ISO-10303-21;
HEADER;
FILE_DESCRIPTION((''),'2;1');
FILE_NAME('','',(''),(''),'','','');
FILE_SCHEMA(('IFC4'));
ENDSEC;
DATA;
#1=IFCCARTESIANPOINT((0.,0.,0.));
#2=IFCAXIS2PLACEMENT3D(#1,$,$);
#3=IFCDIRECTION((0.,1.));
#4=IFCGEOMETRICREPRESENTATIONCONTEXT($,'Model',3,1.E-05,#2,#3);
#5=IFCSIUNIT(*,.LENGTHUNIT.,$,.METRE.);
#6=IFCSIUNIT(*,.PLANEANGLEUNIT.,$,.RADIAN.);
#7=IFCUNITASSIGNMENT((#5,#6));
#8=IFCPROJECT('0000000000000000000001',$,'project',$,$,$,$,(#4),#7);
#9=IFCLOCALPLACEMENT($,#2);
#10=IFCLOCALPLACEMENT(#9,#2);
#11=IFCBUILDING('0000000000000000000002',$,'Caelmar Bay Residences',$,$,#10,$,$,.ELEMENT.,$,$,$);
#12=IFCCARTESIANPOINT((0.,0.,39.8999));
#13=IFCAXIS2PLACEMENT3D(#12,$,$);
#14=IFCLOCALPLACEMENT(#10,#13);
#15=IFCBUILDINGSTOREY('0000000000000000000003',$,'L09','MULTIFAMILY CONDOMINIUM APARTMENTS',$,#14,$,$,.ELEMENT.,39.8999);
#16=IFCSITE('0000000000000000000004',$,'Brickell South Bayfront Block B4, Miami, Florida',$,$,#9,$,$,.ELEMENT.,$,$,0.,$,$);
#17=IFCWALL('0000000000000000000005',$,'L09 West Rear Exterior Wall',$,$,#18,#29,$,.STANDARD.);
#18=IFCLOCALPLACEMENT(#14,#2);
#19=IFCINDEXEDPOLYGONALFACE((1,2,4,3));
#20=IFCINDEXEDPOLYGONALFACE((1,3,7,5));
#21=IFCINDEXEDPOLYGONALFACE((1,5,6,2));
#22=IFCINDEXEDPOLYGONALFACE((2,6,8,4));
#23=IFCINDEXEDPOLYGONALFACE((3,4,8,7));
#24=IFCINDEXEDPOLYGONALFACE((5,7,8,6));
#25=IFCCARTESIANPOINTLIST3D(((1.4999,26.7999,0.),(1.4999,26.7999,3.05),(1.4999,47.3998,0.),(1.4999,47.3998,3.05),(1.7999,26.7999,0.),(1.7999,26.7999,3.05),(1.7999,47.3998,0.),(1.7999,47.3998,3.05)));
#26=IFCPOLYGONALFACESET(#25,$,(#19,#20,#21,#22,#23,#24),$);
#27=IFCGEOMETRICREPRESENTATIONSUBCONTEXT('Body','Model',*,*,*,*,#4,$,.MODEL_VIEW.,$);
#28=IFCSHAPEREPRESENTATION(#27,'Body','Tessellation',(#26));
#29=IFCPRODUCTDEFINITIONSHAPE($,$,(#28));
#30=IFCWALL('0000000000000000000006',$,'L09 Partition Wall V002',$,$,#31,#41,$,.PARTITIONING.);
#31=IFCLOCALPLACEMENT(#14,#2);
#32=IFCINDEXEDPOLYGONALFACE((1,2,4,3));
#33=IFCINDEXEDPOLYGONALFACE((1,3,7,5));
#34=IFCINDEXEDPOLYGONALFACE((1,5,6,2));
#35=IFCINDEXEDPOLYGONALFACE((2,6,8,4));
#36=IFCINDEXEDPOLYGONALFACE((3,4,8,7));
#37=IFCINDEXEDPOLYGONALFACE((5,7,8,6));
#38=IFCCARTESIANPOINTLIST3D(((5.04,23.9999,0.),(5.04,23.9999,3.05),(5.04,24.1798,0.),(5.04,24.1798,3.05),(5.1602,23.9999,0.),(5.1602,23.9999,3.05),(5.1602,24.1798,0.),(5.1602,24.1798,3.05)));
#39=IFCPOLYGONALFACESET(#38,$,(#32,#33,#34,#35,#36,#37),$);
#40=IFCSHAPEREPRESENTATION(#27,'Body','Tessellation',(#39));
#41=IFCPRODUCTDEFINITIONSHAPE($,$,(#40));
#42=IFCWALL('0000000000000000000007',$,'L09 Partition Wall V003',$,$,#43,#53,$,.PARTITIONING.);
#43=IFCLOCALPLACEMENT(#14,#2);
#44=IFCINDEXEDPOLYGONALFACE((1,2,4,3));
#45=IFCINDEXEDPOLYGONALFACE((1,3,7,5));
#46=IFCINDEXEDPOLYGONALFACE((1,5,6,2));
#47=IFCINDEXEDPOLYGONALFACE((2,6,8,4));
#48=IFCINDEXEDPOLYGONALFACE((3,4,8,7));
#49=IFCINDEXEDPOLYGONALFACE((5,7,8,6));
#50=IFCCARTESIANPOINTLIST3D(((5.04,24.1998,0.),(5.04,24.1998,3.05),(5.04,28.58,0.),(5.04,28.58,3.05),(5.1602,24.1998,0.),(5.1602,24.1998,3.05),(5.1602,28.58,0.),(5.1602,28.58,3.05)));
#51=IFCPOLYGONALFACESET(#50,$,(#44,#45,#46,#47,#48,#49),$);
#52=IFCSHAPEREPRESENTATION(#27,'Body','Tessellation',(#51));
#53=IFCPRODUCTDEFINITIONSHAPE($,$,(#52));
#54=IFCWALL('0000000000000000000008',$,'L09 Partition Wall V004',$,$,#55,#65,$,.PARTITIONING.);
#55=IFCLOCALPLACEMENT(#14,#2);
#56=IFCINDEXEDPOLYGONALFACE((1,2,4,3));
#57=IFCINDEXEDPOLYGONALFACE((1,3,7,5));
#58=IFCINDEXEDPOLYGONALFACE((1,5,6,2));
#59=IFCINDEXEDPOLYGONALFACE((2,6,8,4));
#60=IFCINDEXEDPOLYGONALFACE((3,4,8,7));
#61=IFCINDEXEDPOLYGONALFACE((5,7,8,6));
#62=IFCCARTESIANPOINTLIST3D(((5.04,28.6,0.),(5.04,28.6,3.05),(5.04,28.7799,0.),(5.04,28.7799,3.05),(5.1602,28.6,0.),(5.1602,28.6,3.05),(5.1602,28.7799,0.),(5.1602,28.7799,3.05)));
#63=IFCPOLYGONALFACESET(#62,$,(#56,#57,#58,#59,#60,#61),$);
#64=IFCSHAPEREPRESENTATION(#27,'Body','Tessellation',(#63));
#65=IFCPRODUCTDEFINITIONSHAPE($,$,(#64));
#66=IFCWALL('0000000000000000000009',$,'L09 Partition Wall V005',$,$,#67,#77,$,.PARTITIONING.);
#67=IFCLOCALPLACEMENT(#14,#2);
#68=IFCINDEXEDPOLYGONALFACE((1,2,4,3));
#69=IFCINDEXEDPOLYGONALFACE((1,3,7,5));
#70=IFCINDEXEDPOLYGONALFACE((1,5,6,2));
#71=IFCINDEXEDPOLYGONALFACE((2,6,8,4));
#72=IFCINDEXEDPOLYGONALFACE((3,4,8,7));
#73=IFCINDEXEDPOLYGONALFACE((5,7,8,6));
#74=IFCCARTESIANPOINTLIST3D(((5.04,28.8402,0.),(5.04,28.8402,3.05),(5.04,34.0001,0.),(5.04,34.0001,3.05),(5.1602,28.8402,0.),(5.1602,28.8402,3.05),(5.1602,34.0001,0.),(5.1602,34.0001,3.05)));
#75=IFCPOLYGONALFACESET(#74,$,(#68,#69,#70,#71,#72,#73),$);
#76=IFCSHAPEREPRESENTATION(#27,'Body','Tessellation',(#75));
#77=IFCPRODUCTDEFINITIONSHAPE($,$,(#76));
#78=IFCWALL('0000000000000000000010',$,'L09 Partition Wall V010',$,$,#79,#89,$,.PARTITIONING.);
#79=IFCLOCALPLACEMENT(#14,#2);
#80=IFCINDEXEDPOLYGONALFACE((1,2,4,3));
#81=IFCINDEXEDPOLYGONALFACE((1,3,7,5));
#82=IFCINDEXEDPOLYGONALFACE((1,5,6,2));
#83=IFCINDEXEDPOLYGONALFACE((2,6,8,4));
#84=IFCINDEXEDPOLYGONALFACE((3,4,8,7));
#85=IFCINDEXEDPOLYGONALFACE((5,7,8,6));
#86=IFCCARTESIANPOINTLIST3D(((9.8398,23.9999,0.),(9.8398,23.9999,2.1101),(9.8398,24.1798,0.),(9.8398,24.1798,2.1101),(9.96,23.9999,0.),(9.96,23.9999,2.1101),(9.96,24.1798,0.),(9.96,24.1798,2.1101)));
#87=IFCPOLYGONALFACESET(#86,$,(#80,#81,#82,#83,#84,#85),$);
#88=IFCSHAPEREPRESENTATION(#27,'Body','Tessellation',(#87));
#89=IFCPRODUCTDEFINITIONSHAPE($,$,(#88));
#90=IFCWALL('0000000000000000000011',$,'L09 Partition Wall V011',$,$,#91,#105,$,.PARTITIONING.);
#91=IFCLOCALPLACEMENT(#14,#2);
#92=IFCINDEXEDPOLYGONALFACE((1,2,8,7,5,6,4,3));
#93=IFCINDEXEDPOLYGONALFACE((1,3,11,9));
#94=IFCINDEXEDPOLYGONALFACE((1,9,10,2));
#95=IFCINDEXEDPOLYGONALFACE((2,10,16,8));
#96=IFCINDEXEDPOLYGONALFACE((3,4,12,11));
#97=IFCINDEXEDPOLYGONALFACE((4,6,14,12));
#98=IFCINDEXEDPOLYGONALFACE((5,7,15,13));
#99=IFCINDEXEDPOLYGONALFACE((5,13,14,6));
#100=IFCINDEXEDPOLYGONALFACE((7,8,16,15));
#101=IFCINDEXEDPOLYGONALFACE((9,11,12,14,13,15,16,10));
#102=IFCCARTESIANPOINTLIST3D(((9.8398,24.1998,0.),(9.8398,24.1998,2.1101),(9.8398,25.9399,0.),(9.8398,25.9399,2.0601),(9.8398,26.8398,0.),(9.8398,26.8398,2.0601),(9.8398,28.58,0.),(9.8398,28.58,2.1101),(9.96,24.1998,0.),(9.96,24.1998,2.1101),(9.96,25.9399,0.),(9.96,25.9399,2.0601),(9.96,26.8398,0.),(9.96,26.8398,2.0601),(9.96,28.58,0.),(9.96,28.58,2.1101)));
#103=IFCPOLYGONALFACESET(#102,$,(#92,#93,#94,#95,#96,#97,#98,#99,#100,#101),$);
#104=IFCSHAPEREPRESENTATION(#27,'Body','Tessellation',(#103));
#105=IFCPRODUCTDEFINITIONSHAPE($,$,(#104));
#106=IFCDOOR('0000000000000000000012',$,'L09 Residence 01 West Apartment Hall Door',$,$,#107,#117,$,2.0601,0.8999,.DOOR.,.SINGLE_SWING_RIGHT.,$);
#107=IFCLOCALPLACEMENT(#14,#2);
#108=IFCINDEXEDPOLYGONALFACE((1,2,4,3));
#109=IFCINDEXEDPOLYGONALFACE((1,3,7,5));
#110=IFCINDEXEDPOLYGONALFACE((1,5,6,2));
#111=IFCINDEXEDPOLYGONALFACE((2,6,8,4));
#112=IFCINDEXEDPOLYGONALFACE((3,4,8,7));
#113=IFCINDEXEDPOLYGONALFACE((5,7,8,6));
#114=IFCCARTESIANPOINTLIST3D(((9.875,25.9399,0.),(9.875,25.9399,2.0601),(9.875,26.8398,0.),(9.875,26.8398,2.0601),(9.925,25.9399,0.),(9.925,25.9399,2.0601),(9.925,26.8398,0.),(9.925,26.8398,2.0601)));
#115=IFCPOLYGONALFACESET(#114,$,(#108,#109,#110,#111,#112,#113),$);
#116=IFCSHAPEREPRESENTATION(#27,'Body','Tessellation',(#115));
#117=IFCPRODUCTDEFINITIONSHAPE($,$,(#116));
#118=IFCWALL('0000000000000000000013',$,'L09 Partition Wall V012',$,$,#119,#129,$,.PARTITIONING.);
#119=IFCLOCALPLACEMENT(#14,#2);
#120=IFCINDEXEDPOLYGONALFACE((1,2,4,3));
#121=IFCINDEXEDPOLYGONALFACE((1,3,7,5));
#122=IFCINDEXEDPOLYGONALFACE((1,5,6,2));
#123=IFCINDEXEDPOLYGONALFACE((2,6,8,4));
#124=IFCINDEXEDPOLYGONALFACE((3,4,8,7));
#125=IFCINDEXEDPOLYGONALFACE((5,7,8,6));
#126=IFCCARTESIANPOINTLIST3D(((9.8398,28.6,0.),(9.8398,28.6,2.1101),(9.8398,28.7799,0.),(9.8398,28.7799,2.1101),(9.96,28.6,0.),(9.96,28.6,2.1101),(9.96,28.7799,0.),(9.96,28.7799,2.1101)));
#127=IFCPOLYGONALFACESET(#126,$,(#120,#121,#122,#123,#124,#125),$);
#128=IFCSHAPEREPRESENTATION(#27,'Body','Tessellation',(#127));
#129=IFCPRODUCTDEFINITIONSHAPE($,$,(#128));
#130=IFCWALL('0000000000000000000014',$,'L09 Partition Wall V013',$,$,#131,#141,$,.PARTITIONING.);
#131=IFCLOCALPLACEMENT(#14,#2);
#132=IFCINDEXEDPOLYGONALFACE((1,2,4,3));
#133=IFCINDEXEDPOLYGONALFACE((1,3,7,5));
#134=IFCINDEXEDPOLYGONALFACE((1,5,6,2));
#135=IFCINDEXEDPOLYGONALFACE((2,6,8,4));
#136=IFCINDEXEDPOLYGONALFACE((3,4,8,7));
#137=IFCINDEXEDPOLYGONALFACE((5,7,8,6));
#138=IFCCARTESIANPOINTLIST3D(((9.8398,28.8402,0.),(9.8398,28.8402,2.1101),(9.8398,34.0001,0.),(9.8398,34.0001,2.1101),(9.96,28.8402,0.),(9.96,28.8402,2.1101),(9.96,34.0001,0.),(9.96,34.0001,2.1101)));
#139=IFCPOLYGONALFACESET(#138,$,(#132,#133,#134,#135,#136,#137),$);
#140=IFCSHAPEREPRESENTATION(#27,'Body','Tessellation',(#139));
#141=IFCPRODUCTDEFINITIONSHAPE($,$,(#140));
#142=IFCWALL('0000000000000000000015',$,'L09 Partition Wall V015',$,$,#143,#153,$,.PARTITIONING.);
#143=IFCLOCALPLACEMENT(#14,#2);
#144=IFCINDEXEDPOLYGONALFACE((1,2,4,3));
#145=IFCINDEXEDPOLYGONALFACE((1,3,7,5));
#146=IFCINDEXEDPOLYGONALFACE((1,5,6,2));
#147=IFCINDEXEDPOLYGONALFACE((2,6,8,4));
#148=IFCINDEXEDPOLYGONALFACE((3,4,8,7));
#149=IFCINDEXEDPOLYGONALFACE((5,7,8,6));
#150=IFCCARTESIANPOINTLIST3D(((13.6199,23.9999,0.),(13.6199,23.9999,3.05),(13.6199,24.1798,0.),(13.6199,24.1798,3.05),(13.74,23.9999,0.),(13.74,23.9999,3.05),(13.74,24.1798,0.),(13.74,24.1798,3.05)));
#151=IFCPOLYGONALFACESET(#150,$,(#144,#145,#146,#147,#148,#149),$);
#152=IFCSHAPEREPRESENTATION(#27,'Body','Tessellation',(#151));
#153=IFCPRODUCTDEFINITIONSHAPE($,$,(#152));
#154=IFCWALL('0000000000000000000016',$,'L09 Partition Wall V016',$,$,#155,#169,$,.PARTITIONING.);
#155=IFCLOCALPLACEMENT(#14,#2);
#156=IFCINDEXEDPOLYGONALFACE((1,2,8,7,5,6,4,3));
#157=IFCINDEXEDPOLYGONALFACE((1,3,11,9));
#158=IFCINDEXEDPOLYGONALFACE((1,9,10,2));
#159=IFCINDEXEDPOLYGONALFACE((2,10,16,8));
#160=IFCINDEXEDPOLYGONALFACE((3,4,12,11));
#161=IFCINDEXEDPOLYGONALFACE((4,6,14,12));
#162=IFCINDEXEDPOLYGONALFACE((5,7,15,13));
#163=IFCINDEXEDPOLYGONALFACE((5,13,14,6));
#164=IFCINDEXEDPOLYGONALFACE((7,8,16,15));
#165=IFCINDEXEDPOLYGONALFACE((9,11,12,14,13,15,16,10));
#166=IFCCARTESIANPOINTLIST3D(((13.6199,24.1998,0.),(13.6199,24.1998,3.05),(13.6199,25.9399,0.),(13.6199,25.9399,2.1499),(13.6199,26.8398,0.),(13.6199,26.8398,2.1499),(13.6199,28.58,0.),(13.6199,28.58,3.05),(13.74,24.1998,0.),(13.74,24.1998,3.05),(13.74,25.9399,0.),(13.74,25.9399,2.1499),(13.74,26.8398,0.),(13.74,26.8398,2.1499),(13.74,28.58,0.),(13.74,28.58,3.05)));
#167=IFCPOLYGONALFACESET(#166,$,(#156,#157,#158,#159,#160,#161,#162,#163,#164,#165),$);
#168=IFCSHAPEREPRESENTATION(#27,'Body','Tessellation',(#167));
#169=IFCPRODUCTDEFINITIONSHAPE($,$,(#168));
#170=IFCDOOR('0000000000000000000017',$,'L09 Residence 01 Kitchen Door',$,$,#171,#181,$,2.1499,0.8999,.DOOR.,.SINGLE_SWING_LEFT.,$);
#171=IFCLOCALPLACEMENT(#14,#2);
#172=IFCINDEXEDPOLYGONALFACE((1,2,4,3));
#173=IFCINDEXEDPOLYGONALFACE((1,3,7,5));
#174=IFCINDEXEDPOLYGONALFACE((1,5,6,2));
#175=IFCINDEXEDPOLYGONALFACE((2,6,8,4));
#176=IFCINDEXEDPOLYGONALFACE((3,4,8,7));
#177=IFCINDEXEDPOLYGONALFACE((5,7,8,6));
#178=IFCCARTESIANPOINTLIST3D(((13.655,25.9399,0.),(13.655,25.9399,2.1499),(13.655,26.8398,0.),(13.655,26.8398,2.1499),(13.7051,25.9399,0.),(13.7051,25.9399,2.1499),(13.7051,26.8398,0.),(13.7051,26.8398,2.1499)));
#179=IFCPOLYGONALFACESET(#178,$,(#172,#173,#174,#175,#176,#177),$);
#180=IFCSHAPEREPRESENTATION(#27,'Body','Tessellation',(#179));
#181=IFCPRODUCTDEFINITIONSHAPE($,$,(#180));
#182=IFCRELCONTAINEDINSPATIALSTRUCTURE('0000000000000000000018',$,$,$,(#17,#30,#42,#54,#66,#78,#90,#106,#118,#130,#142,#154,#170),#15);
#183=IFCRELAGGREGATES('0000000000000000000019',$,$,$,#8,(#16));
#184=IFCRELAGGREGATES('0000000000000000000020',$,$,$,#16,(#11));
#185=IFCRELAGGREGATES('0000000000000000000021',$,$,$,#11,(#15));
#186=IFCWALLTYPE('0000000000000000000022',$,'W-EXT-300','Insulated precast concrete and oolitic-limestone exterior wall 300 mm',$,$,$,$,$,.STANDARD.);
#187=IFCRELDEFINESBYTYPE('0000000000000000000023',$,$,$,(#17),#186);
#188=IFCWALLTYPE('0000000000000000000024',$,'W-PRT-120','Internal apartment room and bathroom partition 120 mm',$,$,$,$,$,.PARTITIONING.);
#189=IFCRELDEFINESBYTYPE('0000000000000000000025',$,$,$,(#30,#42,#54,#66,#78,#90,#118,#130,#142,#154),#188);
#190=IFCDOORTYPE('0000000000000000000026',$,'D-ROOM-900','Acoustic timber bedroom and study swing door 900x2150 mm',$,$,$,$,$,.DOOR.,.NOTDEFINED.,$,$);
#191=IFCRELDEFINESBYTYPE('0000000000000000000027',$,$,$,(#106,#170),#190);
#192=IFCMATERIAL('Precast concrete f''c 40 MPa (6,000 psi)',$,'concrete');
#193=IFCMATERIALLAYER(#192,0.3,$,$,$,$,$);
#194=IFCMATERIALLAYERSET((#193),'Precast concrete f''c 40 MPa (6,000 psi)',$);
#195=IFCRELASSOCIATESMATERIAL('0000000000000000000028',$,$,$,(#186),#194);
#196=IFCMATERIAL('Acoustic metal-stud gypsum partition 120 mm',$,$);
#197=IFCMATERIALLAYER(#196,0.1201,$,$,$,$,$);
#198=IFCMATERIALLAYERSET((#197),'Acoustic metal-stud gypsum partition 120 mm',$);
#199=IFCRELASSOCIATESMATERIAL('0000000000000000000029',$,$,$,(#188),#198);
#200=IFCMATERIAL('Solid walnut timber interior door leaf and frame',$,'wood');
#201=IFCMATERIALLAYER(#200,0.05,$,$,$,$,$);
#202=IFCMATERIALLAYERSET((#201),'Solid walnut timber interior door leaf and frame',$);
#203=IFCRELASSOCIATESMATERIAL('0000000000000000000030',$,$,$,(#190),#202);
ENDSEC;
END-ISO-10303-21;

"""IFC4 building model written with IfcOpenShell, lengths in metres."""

from ifc_helpers import new_model, si_unit, direction, frame, frame_2d, origin, place, context, subcontext, project, spatial, rectangle, extrude, material, layer, layer_set, type_object, element, fill, save


model = new_model("IFC4")

# Units and contexts
model_context = context("Model", 3, precision=1e-05, world=origin(), true_north=direction((0.0, 1.0)))
body_context = subcontext(model_context, "Body", "Model", "MODEL_VIEW")
ifc_project = project(units=[si_unit("LENGTHUNIT", "METRE"), si_unit("PLANEANGLEUNIT", "RADIAN")], contexts=[model_context])

# Site, building, storey
site_placement = place(None, origin())
site = spatial("IfcSite", under=ifc_project, at=site_placement, Name="Brickell South Bayfront Block B4, Miami, Florida", CompositionType="ELEMENT", RefElevation=0.0)
building_placement = place(site_placement, origin())
building = spatial("IfcBuilding", under=site, at=building_placement, Name="Caelmar Bay Residences", CompositionType="ELEMENT")
storey_placement = place(building_placement, frame((0.0, 0.0, 39.8999)))
storey = spatial("IfcBuildingStorey", under=building, at=storey_placement, Name="L09", Description="MULTIFAMILY CONDOMINIUM APARTMENTS", CompositionType="ELEMENT", Elevation=39.8999)

# Walls
ifc_material_1 = material(Name="Precast concrete f'c 40 MPa (6,000 psi)", Category="concrete")
ifc_layer_1 = layer(ifc_material_1, 0.3)
ifc_layer_set_1 = layer_set([ifc_layer_1], Name="Precast concrete f'c 40 MPa (6,000 psi)")
wall_type_1 = type_object("IfcWallType", Name="W-EXT-300", Description="Insulated precast concrete and oolitic-limestone exterior wall 300 mm", PredefinedType="STANDARD", material=ifc_layer_set_1)
wall_1_placement = place(storey_placement, frame((1.6499, 26.8, 0.0), z_axis=(0.0, 0.0, 1.0), x_axis=(0.0, 1.0, 0.0)))
element("IfcWall", 1, at=wall_1_placement, inside=storey, type_object=wall_type_1, Name="L09 West Rear Exterior Wall", PredefinedType="STANDARD", context=body_context, shape_type="SweptSolid", body=[
    extrude(rectangle(XDim=20.5999, YDim=0.3, at=frame_2d((10.2998, 0.0))), origin(), (0.0, 0.0, 1.0), 3.05),
])
ifc_material_2 = material(Name="Acoustic metal-stud gypsum partition 120 mm")
ifc_layer_2 = layer(ifc_material_2, 0.1201)
ifc_layer_set_2 = layer_set([ifc_layer_2], Name="Acoustic metal-stud gypsum partition 120 mm")
wall_type_2 = type_object("IfcWallType", Name="W-PRT-120", Description="Internal apartment room and bathroom partition 120 mm", PredefinedType="PARTITIONING", material=ifc_layer_set_2)
wall_2_placement = place(storey_placement, frame((5.1001, 24.0, 0.0), z_axis=(0.0, 0.0, 1.0), x_axis=(0.0, 1.0, 0.0)))
element("IfcWall", 2, at=wall_2_placement, inside=storey, type_object=wall_type_2, Name="L09 Partition Wall V002", PredefinedType="PARTITIONING", context=body_context, shape_type="SweptSolid", body=[
    extrude(rectangle(XDim=0.1799, YDim=0.1201, at=frame_2d((0.0898, 0.0))), origin(), (0.0, 0.0, 1.0), 3.05),
])
wall_3_placement = place(storey_placement, frame((5.1001, 24.2, 0.0), z_axis=(0.0, 0.0, 1.0), x_axis=(0.0, 1.0, 0.0)))
element("IfcWall", 3, at=wall_3_placement, inside=storey, type_object=wall_type_2, Name="L09 Partition Wall V003", PredefinedType="PARTITIONING", context=body_context, shape_type="SweptSolid", body=[
    extrude(rectangle(XDim=4.3801, YDim=0.1201, at=frame_2d((2.1899, 0.0))), origin(), (0.0, 0.0, 1.0), 3.05),
])
wall_4_placement = place(storey_placement, frame((5.1001, 28.6001, 0.0), z_axis=(0.0, 0.0, 1.0), x_axis=(0.0, 1.0, 0.0)))
element("IfcWall", 4, at=wall_4_placement, inside=storey, type_object=wall_type_2, Name="L09 Partition Wall V004", PredefinedType="PARTITIONING", context=body_context, shape_type="SweptSolid", body=[
    extrude(rectangle(XDim=0.1799, YDim=0.1201, at=frame_2d((0.0898, 0.0))), origin(), (0.0, 0.0, 1.0), 3.05),
])
wall_5_placement = place(storey_placement, frame((5.1001, 28.8401, 0.0), z_axis=(0.0, 0.0, 1.0), x_axis=(0.0, 1.0, 0.0)))
element("IfcWall", 5, at=wall_5_placement, inside=storey, type_object=wall_type_2, Name="L09 Partition Wall V005", PredefinedType="PARTITIONING", context=body_context, shape_type="SweptSolid", body=[
    extrude(rectangle(XDim=5.1599, YDim=0.1201, at=frame_2d((2.5801, 0.0))), origin(), (0.0, 0.0, 1.0), 3.05),
])
wall_6_placement = place(storey_placement, frame((9.8999, 24.0, 0.0), z_axis=(0.0, 0.0, 1.0), x_axis=(0.0, 1.0, 0.0)))
element("IfcWall", 6, at=wall_6_placement, inside=storey, type_object=wall_type_2, Name="L09 Partition Wall V010", PredefinedType="PARTITIONING", context=body_context, shape_type="SweptSolid", body=[
    extrude(rectangle(XDim=0.1799, YDim=0.1201, at=frame_2d((0.0898, 0.0))), origin(), (0.0, 0.0, 1.0), 2.1101),
])

# Wall, opening, door
wall_7_placement = place(storey_placement, frame((9.8999, 24.2, 0.0), z_axis=(0.0, 0.0, 1.0), x_axis=(0.0, 1.0, 0.0)))
wall_7 = element("IfcWall", 7, at=wall_7_placement, inside=storey, type_object=wall_type_2, Name="L09 Partition Wall V011", PredefinedType="PARTITIONING", context=body_context, shape_type="SweptSolid", body=[
    extrude(rectangle(XDim=4.3801, YDim=0.1201, at=frame_2d((2.1899, 0.0))), origin(), (0.0, 0.0, 1.0), 2.1101),
])
opening_1_placement = place(wall_7_placement, frame((1.74, 0.0, 0.0)))
opening_1 = element("IfcOpeningElement", 8, at=opening_1_placement, cuts=wall_7, PredefinedType="OPENING", context=body_context, shape_type="SweptSolid", body=[
    extrude(rectangle(XDim=0.8999, YDim=2.0601, at=frame_2d((0.45, 1.03))), frame((0.0, 0.0701, 0.0), z_axis=(0.0, -1.0, 0.0), x_axis=(1.0, 0.0, 0.0)), (0.0, 0.0, 1.0), 0.1401),
])
ifc_material_3 = material(Name="Solid walnut timber interior door leaf and frame", Category="wood")
ifc_layer_3 = layer(ifc_material_3, 0.05)
ifc_layer_set_3 = layer_set([ifc_layer_3], Name="Solid walnut timber interior door leaf and frame")
door_type_1 = type_object("IfcDoorType", Name="D-ROOM-900", Description="Acoustic timber bedroom and study swing door 900x2150 mm", OperationType="NOTDEFINED", PredefinedType="DOOR", material=ifc_layer_set_3)
door_1_placement = place(opening_1_placement, origin())
door_1 = element("IfcDoor", 9, at=door_1_placement, inside=storey, type_object=door_type_1, Name="L09 Residence 01 West Apartment Hall Door", OperationType="SINGLE_SWING_RIGHT", OverallHeight=2.0601, OverallWidth=0.8999, PredefinedType="DOOR", context=body_context, shape_type="SweptSolid", body=[
    extrude(rectangle(XDim=0.8999, YDim=2.0601, at=frame_2d((0.45, 1.03))), frame((0.0, 0.0249, 0.0), z_axis=(0.0, -1.0, 0.0), x_axis=(1.0, 0.0, 0.0)), (0.0, 0.0, 1.0), 0.05),
])
fill(opening_1, door_1)

# Walls
wall_8_placement = place(storey_placement, frame((9.8999, 28.6001, 0.0), z_axis=(0.0, 0.0, 1.0), x_axis=(0.0, 1.0, 0.0)))
element("IfcWall", 10, at=wall_8_placement, inside=storey, type_object=wall_type_2, Name="L09 Partition Wall V012", PredefinedType="PARTITIONING", context=body_context, shape_type="SweptSolid", body=[
    extrude(rectangle(XDim=0.1799, YDim=0.1201, at=frame_2d((0.0898, 0.0))), origin(), (0.0, 0.0, 1.0), 2.1101),
])
wall_9_placement = place(storey_placement, frame((9.8999, 28.8401, 0.0), z_axis=(0.0, 0.0, 1.0), x_axis=(0.0, 1.0, 0.0)))
element("IfcWall", 11, at=wall_9_placement, inside=storey, type_object=wall_type_2, Name="L09 Partition Wall V013", PredefinedType="PARTITIONING", context=body_context, shape_type="SweptSolid", body=[
    extrude(rectangle(XDim=5.1599, YDim=0.1201, at=frame_2d((2.5801, 0.0))), origin(), (0.0, 0.0, 1.0), 2.1101),
])
wall_10_placement = place(storey_placement, frame((13.6799, 24.0, 0.0), z_axis=(0.0, 0.0, 1.0), x_axis=(0.0, 1.0, 0.0)))
element("IfcWall", 12, at=wall_10_placement, inside=storey, type_object=wall_type_2, Name="L09 Partition Wall V015", PredefinedType="PARTITIONING", context=body_context, shape_type="SweptSolid", body=[
    extrude(rectangle(XDim=0.1799, YDim=0.1201, at=frame_2d((0.0898, 0.0))), origin(), (0.0, 0.0, 1.0), 3.05),
])

# Wall, opening, door
wall_11_placement = place(storey_placement, frame((13.6799, 24.2, 0.0), z_axis=(0.0, 0.0, 1.0), x_axis=(0.0, 1.0, 0.0)))
wall_11 = element("IfcWall", 13, at=wall_11_placement, inside=storey, type_object=wall_type_2, Name="L09 Partition Wall V016", PredefinedType="PARTITIONING", context=body_context, shape_type="SweptSolid", body=[
    extrude(rectangle(XDim=4.3801, YDim=0.1201, at=frame_2d((2.1899, 0.0))), origin(), (0.0, 0.0, 1.0), 3.05),
])
opening_2_placement = place(wall_11_placement, frame((1.74, 0.0, 0.0)))
opening_2 = element("IfcOpeningElement", 14, at=opening_2_placement, cuts=wall_11, PredefinedType="OPENING", context=body_context, shape_type="SweptSolid", body=[
    extrude(rectangle(XDim=0.8999, YDim=2.1499, at=frame_2d((0.45, 1.075))), frame((0.0, 0.0701, 0.0), z_axis=(0.0, -1.0, 0.0), x_axis=(1.0, 0.0, 0.0)), (0.0, 0.0, 1.0), 0.1401),
])
door_2_placement = place(opening_2_placement, origin())
door_2 = element("IfcDoor", 15, at=door_2_placement, inside=storey, type_object=door_type_1, Name="L09 Residence 01 Kitchen Door", OperationType="SINGLE_SWING_LEFT", OverallHeight=2.1499, OverallWidth=0.8999, PredefinedType="DOOR", context=body_context, shape_type="SweptSolid", body=[
    extrude(rectangle(XDim=0.8999, YDim=2.1499, at=frame_2d((0.45, 1.075))), frame((0.0, 0.0249, 0.0), z_axis=(0.0, -1.0, 0.0), x_axis=(1.0, 0.0, 0.0)), (0.0, 0.0, 1.0), 0.05),
])
fill(opening_2, door_2)

save(model, "model.ifc")
